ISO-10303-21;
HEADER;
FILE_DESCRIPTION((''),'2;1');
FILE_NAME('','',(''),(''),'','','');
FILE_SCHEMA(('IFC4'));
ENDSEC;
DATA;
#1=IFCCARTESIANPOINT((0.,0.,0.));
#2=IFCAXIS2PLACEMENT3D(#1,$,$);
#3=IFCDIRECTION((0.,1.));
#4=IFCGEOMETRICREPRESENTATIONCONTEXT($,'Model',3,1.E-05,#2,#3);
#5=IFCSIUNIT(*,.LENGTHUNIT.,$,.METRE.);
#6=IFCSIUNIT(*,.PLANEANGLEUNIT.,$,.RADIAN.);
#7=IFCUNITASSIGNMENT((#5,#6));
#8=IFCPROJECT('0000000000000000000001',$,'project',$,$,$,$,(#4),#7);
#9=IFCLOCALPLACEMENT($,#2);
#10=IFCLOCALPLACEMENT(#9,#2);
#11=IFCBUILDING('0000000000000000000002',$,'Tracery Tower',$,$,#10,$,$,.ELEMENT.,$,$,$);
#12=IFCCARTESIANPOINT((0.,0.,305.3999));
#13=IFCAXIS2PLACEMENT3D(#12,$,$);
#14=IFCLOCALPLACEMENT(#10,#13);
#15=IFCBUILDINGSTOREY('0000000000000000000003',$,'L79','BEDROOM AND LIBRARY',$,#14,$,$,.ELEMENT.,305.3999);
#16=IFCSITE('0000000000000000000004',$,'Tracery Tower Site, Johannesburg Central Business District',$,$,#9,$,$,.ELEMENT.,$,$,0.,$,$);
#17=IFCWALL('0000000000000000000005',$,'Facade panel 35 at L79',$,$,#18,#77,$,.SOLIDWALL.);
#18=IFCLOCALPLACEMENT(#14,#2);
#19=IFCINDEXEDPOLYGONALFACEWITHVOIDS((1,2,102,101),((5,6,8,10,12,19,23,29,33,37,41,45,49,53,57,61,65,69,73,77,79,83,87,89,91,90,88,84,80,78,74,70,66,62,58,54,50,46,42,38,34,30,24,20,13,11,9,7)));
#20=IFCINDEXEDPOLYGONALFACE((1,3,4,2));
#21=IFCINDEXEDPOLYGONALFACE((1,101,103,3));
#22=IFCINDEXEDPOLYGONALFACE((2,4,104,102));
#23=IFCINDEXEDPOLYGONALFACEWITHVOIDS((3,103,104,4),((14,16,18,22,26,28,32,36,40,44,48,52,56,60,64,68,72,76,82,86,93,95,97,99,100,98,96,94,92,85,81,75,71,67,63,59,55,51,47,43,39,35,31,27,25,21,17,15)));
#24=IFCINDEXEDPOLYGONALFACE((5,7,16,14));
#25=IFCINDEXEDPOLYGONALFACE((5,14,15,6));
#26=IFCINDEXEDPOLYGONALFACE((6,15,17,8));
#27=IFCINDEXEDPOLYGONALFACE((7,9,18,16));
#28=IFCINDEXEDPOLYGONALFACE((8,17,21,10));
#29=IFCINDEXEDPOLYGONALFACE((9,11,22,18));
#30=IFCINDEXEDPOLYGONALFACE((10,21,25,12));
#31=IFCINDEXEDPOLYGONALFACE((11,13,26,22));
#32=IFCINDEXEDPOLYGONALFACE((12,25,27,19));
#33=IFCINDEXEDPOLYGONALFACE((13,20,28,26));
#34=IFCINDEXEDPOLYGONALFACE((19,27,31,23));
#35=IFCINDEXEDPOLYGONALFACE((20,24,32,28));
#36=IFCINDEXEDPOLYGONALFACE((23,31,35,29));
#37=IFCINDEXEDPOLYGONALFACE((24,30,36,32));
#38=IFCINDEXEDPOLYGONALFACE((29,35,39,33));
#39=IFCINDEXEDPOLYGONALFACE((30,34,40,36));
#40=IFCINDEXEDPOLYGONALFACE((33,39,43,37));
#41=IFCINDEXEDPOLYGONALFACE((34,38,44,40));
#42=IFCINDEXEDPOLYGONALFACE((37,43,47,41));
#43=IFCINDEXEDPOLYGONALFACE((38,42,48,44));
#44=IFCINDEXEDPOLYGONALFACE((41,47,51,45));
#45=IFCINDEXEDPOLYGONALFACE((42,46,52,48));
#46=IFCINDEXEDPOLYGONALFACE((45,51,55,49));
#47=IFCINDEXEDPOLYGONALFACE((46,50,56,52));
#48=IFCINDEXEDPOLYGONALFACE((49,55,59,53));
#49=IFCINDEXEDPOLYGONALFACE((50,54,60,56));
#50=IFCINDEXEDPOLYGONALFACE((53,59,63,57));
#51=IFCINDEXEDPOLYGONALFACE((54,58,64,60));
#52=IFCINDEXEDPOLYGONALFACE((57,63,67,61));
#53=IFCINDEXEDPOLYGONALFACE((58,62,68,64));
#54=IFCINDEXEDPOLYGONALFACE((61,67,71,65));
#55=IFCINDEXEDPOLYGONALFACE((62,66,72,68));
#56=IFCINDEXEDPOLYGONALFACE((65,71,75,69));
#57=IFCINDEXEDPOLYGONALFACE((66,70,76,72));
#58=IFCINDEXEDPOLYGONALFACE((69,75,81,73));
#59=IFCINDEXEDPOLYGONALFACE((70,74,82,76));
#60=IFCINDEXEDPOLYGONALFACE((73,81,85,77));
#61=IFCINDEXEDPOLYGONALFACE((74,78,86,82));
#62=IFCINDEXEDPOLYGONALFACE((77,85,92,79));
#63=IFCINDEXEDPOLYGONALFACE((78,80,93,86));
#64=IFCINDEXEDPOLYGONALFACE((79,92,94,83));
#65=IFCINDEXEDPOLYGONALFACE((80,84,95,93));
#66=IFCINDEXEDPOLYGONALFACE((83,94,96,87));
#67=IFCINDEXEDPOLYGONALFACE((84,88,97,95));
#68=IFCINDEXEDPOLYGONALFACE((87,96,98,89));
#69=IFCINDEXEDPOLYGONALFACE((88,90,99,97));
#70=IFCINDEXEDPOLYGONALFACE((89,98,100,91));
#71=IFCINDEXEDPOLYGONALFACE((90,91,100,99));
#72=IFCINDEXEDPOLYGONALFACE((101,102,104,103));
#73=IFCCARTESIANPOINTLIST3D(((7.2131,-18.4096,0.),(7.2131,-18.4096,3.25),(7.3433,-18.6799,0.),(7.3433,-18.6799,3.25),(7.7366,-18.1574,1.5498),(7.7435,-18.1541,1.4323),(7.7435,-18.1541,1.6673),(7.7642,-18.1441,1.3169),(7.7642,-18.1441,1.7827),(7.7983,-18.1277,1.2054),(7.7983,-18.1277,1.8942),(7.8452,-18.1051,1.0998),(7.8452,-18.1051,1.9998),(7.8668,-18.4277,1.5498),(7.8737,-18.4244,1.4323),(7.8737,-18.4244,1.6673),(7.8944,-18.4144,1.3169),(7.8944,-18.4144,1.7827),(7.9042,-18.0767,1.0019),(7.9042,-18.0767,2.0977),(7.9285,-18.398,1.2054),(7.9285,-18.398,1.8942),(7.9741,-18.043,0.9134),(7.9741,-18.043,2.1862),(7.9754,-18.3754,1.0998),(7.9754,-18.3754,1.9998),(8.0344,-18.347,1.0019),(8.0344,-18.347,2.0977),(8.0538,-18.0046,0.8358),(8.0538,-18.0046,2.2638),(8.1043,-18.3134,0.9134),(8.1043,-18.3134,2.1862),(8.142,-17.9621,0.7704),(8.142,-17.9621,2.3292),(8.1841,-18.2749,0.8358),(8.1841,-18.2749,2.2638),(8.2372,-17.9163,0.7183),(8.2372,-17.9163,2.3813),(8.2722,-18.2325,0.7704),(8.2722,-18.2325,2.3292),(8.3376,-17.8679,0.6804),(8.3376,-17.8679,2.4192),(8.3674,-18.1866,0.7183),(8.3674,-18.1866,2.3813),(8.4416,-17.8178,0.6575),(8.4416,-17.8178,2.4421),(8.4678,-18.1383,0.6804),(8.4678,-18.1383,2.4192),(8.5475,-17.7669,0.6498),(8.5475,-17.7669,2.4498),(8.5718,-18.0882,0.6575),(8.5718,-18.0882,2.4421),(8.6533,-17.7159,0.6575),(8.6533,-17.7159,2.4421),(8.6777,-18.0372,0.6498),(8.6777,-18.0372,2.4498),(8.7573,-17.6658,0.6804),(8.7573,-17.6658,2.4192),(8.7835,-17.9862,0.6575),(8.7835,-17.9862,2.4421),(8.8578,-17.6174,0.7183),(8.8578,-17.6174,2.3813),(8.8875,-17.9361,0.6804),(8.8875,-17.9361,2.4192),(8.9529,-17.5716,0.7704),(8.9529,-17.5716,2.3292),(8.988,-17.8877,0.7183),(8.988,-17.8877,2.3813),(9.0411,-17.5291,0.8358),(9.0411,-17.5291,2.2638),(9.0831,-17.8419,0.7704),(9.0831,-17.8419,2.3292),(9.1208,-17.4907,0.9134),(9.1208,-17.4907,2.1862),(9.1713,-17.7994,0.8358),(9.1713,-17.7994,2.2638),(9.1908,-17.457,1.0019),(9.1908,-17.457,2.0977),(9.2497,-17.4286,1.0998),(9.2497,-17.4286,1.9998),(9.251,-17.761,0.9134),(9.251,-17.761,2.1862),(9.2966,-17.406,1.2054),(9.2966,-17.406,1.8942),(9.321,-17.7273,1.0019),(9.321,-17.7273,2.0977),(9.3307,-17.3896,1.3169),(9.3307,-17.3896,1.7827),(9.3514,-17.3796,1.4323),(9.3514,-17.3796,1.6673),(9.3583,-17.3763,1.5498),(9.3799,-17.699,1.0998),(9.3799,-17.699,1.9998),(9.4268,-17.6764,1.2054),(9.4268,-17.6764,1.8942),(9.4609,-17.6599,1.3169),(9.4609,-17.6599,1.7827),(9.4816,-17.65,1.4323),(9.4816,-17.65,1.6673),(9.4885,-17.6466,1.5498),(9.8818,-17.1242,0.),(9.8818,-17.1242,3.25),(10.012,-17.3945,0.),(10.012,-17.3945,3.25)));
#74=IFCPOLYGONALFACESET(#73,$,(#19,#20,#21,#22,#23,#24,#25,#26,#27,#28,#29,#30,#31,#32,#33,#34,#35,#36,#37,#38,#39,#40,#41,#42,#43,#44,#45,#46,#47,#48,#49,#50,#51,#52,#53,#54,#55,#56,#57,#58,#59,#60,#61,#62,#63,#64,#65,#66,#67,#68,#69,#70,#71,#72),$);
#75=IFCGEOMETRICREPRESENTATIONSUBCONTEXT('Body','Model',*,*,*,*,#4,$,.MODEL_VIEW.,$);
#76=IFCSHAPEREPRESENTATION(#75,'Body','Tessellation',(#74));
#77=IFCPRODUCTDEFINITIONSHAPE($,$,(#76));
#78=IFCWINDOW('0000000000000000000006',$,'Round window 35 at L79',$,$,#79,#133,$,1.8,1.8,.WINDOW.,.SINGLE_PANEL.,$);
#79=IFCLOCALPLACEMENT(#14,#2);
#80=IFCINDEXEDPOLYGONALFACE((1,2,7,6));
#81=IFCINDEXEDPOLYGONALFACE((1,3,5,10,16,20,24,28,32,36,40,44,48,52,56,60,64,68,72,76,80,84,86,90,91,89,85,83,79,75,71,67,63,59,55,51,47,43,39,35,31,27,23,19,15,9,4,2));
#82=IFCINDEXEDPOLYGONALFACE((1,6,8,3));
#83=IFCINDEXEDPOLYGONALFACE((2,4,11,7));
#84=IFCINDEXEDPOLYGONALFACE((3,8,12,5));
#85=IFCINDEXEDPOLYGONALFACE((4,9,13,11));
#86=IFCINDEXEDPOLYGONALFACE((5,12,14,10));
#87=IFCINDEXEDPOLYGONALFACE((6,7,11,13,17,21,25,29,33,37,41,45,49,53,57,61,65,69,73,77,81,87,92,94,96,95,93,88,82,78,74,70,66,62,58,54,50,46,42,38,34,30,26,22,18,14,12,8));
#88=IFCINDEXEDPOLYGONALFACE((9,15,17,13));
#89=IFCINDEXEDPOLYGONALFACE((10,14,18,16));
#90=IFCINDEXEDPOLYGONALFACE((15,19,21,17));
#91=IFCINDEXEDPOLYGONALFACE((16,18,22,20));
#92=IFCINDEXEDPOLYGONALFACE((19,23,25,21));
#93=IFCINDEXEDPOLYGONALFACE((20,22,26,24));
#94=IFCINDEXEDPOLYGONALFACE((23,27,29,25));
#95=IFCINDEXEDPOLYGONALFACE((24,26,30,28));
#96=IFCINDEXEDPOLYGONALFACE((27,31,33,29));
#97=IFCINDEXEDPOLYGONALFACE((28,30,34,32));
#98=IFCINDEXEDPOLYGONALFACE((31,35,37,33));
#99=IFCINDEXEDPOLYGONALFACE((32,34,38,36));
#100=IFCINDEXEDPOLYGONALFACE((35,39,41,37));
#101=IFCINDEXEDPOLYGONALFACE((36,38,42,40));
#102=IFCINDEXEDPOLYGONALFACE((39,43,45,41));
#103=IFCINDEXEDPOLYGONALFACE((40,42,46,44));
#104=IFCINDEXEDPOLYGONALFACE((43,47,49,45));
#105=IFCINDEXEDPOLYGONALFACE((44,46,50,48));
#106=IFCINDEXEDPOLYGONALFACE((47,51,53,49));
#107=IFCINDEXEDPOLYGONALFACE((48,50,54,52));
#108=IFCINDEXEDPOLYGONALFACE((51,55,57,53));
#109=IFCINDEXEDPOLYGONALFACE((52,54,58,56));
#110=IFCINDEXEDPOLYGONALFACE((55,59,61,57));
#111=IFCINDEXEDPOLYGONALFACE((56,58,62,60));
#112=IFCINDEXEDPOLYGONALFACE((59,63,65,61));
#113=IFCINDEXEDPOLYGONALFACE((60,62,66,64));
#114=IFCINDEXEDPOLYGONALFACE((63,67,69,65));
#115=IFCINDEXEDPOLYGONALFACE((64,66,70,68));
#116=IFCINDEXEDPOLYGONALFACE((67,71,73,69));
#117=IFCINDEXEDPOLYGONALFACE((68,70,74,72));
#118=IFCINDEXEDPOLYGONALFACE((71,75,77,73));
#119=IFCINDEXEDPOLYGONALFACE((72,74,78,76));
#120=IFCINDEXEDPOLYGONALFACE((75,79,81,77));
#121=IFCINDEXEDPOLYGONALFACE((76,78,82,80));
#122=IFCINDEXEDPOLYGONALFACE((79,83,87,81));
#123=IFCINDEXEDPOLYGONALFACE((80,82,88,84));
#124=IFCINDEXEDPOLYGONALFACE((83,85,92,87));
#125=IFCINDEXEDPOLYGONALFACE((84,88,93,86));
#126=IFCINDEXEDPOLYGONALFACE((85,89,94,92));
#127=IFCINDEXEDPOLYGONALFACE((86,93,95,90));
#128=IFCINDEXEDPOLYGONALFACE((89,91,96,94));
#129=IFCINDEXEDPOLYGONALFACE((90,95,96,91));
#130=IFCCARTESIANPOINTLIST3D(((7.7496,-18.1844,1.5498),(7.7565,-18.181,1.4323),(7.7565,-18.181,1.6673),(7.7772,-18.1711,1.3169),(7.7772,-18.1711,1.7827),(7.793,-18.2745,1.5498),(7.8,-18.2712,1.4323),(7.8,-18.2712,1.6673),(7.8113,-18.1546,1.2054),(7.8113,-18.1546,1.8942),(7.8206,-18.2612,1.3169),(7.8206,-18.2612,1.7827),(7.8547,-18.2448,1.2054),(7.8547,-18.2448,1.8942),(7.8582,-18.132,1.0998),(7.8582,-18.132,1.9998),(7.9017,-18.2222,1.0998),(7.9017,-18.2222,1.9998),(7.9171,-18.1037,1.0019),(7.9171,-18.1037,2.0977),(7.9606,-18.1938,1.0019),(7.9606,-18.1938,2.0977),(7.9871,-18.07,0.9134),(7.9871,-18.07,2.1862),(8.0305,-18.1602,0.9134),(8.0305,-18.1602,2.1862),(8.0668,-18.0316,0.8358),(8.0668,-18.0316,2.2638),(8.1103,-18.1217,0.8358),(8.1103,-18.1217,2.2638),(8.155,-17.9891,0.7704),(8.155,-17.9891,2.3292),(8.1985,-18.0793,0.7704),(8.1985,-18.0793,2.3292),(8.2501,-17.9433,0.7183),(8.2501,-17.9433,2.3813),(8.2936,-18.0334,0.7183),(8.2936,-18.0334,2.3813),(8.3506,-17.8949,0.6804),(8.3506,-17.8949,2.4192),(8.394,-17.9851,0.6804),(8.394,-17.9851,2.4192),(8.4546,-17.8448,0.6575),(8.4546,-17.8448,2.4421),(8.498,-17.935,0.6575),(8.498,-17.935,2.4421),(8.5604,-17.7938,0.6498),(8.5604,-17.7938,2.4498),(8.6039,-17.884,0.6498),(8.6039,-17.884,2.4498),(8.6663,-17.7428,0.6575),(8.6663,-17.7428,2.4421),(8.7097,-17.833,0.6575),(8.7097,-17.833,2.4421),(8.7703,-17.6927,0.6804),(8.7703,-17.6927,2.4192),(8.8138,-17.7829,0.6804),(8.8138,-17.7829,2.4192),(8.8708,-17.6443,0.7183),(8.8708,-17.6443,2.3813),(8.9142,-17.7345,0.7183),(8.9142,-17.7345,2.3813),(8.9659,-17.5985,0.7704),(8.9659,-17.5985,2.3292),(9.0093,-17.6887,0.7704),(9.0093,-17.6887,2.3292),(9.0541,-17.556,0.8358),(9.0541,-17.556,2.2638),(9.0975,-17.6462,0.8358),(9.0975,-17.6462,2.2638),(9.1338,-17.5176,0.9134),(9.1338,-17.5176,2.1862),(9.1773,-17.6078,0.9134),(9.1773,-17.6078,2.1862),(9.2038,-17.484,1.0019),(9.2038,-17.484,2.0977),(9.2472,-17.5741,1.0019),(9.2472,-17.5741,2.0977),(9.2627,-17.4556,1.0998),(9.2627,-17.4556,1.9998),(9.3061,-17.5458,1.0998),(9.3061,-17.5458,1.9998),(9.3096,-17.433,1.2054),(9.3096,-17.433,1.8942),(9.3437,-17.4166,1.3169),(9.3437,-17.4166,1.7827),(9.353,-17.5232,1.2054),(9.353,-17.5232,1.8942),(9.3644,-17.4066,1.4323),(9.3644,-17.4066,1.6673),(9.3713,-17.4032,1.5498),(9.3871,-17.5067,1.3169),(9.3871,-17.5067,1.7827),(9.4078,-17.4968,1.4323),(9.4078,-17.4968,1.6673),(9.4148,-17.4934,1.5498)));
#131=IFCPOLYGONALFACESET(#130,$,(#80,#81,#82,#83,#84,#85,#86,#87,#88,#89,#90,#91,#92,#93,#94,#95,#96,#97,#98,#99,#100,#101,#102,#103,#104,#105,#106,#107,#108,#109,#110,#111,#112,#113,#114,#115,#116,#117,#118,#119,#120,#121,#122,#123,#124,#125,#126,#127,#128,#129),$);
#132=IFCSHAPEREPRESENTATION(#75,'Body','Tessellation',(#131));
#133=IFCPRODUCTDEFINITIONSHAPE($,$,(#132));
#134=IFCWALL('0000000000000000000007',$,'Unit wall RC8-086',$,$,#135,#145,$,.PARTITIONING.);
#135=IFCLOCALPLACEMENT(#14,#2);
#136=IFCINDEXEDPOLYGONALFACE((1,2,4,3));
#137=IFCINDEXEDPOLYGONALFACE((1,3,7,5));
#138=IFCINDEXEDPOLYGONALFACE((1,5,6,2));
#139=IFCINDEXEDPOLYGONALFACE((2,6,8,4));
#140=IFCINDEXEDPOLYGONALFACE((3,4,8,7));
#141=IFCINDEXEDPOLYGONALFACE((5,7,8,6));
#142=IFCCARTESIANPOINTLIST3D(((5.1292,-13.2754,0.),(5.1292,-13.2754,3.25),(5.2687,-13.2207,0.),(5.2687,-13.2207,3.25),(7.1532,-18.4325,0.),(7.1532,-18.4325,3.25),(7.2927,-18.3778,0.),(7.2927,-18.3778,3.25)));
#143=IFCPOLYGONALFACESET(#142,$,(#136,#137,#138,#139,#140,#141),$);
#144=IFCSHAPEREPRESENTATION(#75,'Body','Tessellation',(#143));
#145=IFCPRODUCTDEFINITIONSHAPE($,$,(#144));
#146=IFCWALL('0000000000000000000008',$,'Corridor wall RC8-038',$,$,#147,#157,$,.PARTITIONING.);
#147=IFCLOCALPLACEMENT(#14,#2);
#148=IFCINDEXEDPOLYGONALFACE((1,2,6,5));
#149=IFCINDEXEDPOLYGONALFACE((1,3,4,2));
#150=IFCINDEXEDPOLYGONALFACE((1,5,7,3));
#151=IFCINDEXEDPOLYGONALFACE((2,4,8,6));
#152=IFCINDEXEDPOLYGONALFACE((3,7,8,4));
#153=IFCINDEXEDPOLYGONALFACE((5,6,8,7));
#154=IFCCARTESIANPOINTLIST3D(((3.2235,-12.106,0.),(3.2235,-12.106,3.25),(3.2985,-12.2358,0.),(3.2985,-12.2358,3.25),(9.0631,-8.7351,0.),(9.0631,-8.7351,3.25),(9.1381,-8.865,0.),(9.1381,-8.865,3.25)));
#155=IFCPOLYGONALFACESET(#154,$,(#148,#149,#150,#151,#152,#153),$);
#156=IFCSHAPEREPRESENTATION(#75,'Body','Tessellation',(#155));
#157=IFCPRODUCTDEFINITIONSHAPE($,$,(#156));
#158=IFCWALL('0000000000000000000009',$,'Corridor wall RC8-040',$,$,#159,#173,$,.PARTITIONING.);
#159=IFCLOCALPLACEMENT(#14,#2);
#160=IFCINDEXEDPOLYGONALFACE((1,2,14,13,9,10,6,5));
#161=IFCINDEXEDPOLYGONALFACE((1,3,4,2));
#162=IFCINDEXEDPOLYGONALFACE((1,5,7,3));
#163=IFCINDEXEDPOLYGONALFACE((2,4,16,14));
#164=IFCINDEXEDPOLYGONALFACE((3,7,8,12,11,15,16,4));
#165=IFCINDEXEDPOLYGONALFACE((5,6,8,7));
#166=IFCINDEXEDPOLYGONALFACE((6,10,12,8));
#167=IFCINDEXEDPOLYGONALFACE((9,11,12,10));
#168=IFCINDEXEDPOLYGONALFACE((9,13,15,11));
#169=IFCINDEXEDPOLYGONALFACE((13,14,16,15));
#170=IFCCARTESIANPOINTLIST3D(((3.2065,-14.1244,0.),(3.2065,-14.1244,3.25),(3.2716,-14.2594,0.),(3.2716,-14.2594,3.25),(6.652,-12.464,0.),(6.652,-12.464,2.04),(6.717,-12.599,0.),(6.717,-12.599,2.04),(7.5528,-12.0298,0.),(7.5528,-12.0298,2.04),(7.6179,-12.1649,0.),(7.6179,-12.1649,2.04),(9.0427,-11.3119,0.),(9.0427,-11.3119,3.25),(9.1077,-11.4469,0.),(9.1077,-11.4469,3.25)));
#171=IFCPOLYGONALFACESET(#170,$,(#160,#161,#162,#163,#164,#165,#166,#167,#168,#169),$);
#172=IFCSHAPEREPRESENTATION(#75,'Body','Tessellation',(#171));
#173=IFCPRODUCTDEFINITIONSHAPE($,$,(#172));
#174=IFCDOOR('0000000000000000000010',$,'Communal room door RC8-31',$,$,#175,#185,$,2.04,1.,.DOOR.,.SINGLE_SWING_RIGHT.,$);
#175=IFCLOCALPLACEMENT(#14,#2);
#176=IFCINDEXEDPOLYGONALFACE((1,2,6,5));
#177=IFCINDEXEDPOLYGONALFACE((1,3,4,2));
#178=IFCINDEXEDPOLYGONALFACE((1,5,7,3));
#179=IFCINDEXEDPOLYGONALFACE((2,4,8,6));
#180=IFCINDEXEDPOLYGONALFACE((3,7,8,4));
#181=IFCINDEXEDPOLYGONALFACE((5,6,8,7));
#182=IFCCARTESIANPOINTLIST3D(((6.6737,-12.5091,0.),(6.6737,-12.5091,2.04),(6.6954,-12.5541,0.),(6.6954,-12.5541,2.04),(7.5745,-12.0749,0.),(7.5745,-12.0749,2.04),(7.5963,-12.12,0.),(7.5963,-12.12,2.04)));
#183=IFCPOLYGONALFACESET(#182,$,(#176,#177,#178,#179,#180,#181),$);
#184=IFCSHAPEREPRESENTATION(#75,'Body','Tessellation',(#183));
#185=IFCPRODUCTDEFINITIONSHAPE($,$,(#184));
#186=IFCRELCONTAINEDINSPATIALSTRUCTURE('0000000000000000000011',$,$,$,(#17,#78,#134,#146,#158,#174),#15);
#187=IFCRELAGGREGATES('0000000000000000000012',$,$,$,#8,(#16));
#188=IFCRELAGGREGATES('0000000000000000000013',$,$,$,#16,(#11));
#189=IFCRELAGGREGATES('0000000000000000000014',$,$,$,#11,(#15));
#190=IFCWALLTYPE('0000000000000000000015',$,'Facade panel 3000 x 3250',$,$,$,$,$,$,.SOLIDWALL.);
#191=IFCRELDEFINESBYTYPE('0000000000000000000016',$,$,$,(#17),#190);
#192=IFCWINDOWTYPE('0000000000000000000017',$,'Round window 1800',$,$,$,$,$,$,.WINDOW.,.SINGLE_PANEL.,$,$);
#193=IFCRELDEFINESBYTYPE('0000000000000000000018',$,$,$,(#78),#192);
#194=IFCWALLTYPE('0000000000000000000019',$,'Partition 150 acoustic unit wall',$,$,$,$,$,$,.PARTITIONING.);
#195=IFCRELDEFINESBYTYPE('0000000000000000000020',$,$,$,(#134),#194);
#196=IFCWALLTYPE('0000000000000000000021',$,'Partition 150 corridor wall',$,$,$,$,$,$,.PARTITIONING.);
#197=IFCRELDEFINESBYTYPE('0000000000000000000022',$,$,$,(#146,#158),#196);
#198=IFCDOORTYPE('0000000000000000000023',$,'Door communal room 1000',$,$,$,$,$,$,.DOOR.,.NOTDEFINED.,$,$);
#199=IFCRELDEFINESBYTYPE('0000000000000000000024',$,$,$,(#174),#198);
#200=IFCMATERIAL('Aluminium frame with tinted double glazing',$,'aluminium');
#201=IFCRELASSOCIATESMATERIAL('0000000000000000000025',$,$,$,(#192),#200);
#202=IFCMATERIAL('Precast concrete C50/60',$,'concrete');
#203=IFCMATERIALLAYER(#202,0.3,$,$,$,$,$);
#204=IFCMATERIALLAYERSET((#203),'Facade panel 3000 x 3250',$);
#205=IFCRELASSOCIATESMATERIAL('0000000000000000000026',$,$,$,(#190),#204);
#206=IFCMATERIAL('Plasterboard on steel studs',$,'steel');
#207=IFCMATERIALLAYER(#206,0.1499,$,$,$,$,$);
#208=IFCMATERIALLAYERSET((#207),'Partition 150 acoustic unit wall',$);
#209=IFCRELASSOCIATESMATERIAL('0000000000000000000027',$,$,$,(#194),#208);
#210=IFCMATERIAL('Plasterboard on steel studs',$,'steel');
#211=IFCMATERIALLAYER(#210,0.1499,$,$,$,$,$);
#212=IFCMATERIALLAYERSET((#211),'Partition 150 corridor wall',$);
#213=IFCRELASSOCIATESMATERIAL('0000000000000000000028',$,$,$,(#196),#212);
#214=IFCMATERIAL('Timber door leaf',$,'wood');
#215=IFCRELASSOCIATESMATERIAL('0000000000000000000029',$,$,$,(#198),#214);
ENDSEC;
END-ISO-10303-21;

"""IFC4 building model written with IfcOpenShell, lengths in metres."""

from ifc_helpers import new_model, si_unit, direction, frame, frame_2d, origin, origin_2d, place, context, subcontext, project, spatial, rectangle, circle, extrude, material, layer, layer_set, type_object, element, fill, save


model = new_model("IFC4")

# Units and contexts
model_context = context("Model", 3, precision=1e-05, world=origin(), true_north=direction((0.0, 1.0)))
body_context = subcontext(model_context, "Body", "Model", "MODEL_VIEW")
ifc_project = project(units=[si_unit("LENGTHUNIT", "METRE"), si_unit("PLANEANGLEUNIT", "RADIAN")], contexts=[model_context])

# Site, building, storey
site_placement = place(None, origin())
site = spatial("IfcSite", under=ifc_project, at=site_placement, Name="Tracery Tower Site, Johannesburg Central Business District", CompositionType="ELEMENT", RefElevation=0.0)
building_placement = place(site_placement, origin())
building = spatial("IfcBuilding", under=site, at=building_placement, Name="Tracery Tower", CompositionType="ELEMENT")
storey_placement = place(building_placement, frame((0.0, 0.0, 305.3999)))
storey = spatial("IfcBuildingStorey", under=building, at=storey_placement, Name="L79", Description="BEDROOM AND LIBRARY", CompositionType="ELEMENT", Elevation=305.3999)

# Wall, opening, window
ifc_material_1 = material(Name="Aluminium frame with tinted double glazing", Category="aluminium")
window_type = type_object("IfcWindowType", Name="Round window 1800", PartitioningType="SINGLE_PANEL", PredefinedType="WINDOW", material=ifc_material_1)
ifc_material_2 = material(Name="Precast concrete C50/60", Category="concrete")
ifc_layer_1 = layer(ifc_material_2, 0.3)
ifc_layer_set_1 = layer_set([ifc_layer_1], Name="Facade panel 3000 x 3250")
wall_type_1 = type_object("IfcWallType", Name="Facade panel 3000 x 3250", PredefinedType="SOLIDWALL", material=ifc_layer_set_1)
wall_1_placement = place(storey_placement, frame((7.2783, -18.5447, 0.0), z_axis=(0.0, 0.0, 1.0), x_axis=(0.90094, 0.433944, 0.0)))
wall_1 = element("IfcWall", 1, at=wall_1_placement, inside=storey, type_object=wall_type_1, Name="Facade panel 35 at L79", PredefinedType="SOLIDWALL", context=body_context, shape_type="SweptSolid", body=[
    extrude(rectangle(XDim=2.9622, YDim=0.3, at=frame_2d((1.481, 0.0))), origin(), (0.0, 0.0, 1.0), 3.25),
])
opening_1_placement = place(wall_1_placement, frame((1.481, 0.0, 1.5498)))
opening_1 = element("IfcOpeningElement", 2, at=opening_1_placement, cuts=wall_1, PredefinedType="OPENING", context=body_context, shape_type="SweptSolid", body=[
    extrude(circle(Radius=0.9, at=origin_2d()), frame((0.0, 0.1599, 0.0), z_axis=(0.0, -1.0, 0.0), x_axis=(1.0, 0.0, 0.0)), (0.0, 0.0, 1.0), 0.3201),
])
window_1_placement = place(opening_1_placement, origin())
window_1 = element("IfcWindow", 3, at=window_1_placement, inside=storey, type_object=window_type, Name="Round window 35 at L79", OverallHeight=1.8, OverallWidth=1.8, PartitioningType="SINGLE_PANEL", PredefinedType="WINDOW", context=body_context, shape_type="SweptSolid", body=[
    extrude(circle(Radius=0.9, at=origin_2d()), frame((0.0, 0.1201, 0.0), z_axis=(0.0, -1.0, 0.0), x_axis=(1.0, 0.0, 0.0)), (0.0, 0.0, 1.0), 0.1001),
])
fill(opening_1, window_1)

# Walls
ifc_material_3 = material(Name="Plasterboard on steel studs", Category="steel")
ifc_layer_2 = layer(ifc_material_3, 0.1499)
ifc_layer_set_2 = layer_set([ifc_layer_2], Name="Partition 150 acoustic unit wall")
wall_type_2 = type_object("IfcWallType", Name="Partition 150 acoustic unit wall", PredefinedType="PARTITIONING", material=ifc_layer_set_2)
wall_2_placement = place(storey_placement, frame((5.199, -13.248, 0.0), z_axis=(0.0, 0.0, 1.0), x_axis=(0.365335, -0.930876, 0.0)))
element("IfcWall", 4, at=wall_2_placement, inside=storey, type_object=wall_type_2, Name="Unit wall RC8-086", PredefinedType="PARTITIONING", context=body_context, shape_type="SweptSolid", body=[
    extrude(rectangle(XDim=5.54, YDim=0.1499, at=frame_2d((2.77, 0.0))), origin(), (0.0, 0.0, 1.0), 3.25),
])
ifc_material_4 = material(Name="Plasterboard on steel studs", Category="steel")
ifc_layer_3 = layer(ifc_material_4, 0.1499)
ifc_layer_set_3 = layer_set([ifc_layer_3], Name="Partition 150 corridor wall")
wall_type_3 = type_object("IfcWallType", Name="Partition 150 corridor wall", PredefinedType="PARTITIONING", material=ifc_layer_set_3)
wall_3_placement = place(storey_placement, frame((3.261, -12.1709, 0.0), z_axis=(0.0, 0.0, 1.0), x_axis=(0.866067, 0.499928, 0.0)))
element("IfcWall", 5, at=wall_3_placement, inside=storey, type_object=wall_type_3, Name="Corridor wall RC8-038", PredefinedType="PARTITIONING", context=body_context, shape_type="SweptSolid", body=[
    extrude(rectangle(XDim=6.7427, YDim=0.1499, at=frame_2d((3.3713, 0.0))), origin(), (0.0, 0.0, 1.0), 3.25),
])

# Wall, opening, door
wall_4_placement = place(storey_placement, frame((3.239, -14.1919, 0.0), z_axis=(0.0, 0.0, 1.0), x_axis=(0.900852, 0.434127, 0.0)))
wall_4 = element("IfcWall", 6, at=wall_4_placement, inside=storey, type_object=wall_type_3, Name="Corridor wall RC8-040", PredefinedType="PARTITIONING", context=body_context, shape_type="SweptSolid", body=[
    extrude(rectangle(XDim=6.4785, YDim=0.1499, at=frame_2d((3.2393, 0.0))), origin(), (0.0, 0.0, 1.0), 3.25),
])
opening_2_placement = place(wall_4_placement, frame((3.8247, 0.0, 0.0)))
opening_2 = element("IfcOpeningElement", 7, at=opening_2_placement, cuts=wall_4, PredefinedType="OPENING", context=body_context, shape_type="SweptSolid", body=[
    extrude(rectangle(XDim=1.0, YDim=2.04, at=frame_2d((0.5, 1.02))), frame((0.0, 0.075, 0.0), z_axis=(0.0, -1.0, 0.0), x_axis=(1.0, 0.0, 0.0)), (0.0, 0.0, 1.0), 0.1499),
])
ifc_material_5 = material(Name="Timber door leaf", Category="wood")
door_type = type_object("IfcDoorType", Name="Door communal room 1000", OperationType="NOTDEFINED", PredefinedType="DOOR", material=ifc_material_5)
door_placement = place(opening_2_placement, origin())
door = element("IfcDoor", 8, at=door_placement, inside=storey, type_object=door_type, Name="Communal room door RC8-31", OperationType="SINGLE_SWING_RIGHT", OverallHeight=2.04, OverallWidth=1.0, PredefinedType="DOOR", context=body_context, shape_type="SweptSolid", body=[
    extrude(rectangle(XDim=1.0, YDim=2.04, at=frame_2d((0.5, 1.02))), frame((0.0, 0.0249, 0.0), z_axis=(0.0, -1.0, 0.0), x_axis=(1.0, 0.0, 0.0)), (0.0, 0.0, 1.0), 0.05),
])
fill(opening_2, door)

save(model, "model.ifc")
